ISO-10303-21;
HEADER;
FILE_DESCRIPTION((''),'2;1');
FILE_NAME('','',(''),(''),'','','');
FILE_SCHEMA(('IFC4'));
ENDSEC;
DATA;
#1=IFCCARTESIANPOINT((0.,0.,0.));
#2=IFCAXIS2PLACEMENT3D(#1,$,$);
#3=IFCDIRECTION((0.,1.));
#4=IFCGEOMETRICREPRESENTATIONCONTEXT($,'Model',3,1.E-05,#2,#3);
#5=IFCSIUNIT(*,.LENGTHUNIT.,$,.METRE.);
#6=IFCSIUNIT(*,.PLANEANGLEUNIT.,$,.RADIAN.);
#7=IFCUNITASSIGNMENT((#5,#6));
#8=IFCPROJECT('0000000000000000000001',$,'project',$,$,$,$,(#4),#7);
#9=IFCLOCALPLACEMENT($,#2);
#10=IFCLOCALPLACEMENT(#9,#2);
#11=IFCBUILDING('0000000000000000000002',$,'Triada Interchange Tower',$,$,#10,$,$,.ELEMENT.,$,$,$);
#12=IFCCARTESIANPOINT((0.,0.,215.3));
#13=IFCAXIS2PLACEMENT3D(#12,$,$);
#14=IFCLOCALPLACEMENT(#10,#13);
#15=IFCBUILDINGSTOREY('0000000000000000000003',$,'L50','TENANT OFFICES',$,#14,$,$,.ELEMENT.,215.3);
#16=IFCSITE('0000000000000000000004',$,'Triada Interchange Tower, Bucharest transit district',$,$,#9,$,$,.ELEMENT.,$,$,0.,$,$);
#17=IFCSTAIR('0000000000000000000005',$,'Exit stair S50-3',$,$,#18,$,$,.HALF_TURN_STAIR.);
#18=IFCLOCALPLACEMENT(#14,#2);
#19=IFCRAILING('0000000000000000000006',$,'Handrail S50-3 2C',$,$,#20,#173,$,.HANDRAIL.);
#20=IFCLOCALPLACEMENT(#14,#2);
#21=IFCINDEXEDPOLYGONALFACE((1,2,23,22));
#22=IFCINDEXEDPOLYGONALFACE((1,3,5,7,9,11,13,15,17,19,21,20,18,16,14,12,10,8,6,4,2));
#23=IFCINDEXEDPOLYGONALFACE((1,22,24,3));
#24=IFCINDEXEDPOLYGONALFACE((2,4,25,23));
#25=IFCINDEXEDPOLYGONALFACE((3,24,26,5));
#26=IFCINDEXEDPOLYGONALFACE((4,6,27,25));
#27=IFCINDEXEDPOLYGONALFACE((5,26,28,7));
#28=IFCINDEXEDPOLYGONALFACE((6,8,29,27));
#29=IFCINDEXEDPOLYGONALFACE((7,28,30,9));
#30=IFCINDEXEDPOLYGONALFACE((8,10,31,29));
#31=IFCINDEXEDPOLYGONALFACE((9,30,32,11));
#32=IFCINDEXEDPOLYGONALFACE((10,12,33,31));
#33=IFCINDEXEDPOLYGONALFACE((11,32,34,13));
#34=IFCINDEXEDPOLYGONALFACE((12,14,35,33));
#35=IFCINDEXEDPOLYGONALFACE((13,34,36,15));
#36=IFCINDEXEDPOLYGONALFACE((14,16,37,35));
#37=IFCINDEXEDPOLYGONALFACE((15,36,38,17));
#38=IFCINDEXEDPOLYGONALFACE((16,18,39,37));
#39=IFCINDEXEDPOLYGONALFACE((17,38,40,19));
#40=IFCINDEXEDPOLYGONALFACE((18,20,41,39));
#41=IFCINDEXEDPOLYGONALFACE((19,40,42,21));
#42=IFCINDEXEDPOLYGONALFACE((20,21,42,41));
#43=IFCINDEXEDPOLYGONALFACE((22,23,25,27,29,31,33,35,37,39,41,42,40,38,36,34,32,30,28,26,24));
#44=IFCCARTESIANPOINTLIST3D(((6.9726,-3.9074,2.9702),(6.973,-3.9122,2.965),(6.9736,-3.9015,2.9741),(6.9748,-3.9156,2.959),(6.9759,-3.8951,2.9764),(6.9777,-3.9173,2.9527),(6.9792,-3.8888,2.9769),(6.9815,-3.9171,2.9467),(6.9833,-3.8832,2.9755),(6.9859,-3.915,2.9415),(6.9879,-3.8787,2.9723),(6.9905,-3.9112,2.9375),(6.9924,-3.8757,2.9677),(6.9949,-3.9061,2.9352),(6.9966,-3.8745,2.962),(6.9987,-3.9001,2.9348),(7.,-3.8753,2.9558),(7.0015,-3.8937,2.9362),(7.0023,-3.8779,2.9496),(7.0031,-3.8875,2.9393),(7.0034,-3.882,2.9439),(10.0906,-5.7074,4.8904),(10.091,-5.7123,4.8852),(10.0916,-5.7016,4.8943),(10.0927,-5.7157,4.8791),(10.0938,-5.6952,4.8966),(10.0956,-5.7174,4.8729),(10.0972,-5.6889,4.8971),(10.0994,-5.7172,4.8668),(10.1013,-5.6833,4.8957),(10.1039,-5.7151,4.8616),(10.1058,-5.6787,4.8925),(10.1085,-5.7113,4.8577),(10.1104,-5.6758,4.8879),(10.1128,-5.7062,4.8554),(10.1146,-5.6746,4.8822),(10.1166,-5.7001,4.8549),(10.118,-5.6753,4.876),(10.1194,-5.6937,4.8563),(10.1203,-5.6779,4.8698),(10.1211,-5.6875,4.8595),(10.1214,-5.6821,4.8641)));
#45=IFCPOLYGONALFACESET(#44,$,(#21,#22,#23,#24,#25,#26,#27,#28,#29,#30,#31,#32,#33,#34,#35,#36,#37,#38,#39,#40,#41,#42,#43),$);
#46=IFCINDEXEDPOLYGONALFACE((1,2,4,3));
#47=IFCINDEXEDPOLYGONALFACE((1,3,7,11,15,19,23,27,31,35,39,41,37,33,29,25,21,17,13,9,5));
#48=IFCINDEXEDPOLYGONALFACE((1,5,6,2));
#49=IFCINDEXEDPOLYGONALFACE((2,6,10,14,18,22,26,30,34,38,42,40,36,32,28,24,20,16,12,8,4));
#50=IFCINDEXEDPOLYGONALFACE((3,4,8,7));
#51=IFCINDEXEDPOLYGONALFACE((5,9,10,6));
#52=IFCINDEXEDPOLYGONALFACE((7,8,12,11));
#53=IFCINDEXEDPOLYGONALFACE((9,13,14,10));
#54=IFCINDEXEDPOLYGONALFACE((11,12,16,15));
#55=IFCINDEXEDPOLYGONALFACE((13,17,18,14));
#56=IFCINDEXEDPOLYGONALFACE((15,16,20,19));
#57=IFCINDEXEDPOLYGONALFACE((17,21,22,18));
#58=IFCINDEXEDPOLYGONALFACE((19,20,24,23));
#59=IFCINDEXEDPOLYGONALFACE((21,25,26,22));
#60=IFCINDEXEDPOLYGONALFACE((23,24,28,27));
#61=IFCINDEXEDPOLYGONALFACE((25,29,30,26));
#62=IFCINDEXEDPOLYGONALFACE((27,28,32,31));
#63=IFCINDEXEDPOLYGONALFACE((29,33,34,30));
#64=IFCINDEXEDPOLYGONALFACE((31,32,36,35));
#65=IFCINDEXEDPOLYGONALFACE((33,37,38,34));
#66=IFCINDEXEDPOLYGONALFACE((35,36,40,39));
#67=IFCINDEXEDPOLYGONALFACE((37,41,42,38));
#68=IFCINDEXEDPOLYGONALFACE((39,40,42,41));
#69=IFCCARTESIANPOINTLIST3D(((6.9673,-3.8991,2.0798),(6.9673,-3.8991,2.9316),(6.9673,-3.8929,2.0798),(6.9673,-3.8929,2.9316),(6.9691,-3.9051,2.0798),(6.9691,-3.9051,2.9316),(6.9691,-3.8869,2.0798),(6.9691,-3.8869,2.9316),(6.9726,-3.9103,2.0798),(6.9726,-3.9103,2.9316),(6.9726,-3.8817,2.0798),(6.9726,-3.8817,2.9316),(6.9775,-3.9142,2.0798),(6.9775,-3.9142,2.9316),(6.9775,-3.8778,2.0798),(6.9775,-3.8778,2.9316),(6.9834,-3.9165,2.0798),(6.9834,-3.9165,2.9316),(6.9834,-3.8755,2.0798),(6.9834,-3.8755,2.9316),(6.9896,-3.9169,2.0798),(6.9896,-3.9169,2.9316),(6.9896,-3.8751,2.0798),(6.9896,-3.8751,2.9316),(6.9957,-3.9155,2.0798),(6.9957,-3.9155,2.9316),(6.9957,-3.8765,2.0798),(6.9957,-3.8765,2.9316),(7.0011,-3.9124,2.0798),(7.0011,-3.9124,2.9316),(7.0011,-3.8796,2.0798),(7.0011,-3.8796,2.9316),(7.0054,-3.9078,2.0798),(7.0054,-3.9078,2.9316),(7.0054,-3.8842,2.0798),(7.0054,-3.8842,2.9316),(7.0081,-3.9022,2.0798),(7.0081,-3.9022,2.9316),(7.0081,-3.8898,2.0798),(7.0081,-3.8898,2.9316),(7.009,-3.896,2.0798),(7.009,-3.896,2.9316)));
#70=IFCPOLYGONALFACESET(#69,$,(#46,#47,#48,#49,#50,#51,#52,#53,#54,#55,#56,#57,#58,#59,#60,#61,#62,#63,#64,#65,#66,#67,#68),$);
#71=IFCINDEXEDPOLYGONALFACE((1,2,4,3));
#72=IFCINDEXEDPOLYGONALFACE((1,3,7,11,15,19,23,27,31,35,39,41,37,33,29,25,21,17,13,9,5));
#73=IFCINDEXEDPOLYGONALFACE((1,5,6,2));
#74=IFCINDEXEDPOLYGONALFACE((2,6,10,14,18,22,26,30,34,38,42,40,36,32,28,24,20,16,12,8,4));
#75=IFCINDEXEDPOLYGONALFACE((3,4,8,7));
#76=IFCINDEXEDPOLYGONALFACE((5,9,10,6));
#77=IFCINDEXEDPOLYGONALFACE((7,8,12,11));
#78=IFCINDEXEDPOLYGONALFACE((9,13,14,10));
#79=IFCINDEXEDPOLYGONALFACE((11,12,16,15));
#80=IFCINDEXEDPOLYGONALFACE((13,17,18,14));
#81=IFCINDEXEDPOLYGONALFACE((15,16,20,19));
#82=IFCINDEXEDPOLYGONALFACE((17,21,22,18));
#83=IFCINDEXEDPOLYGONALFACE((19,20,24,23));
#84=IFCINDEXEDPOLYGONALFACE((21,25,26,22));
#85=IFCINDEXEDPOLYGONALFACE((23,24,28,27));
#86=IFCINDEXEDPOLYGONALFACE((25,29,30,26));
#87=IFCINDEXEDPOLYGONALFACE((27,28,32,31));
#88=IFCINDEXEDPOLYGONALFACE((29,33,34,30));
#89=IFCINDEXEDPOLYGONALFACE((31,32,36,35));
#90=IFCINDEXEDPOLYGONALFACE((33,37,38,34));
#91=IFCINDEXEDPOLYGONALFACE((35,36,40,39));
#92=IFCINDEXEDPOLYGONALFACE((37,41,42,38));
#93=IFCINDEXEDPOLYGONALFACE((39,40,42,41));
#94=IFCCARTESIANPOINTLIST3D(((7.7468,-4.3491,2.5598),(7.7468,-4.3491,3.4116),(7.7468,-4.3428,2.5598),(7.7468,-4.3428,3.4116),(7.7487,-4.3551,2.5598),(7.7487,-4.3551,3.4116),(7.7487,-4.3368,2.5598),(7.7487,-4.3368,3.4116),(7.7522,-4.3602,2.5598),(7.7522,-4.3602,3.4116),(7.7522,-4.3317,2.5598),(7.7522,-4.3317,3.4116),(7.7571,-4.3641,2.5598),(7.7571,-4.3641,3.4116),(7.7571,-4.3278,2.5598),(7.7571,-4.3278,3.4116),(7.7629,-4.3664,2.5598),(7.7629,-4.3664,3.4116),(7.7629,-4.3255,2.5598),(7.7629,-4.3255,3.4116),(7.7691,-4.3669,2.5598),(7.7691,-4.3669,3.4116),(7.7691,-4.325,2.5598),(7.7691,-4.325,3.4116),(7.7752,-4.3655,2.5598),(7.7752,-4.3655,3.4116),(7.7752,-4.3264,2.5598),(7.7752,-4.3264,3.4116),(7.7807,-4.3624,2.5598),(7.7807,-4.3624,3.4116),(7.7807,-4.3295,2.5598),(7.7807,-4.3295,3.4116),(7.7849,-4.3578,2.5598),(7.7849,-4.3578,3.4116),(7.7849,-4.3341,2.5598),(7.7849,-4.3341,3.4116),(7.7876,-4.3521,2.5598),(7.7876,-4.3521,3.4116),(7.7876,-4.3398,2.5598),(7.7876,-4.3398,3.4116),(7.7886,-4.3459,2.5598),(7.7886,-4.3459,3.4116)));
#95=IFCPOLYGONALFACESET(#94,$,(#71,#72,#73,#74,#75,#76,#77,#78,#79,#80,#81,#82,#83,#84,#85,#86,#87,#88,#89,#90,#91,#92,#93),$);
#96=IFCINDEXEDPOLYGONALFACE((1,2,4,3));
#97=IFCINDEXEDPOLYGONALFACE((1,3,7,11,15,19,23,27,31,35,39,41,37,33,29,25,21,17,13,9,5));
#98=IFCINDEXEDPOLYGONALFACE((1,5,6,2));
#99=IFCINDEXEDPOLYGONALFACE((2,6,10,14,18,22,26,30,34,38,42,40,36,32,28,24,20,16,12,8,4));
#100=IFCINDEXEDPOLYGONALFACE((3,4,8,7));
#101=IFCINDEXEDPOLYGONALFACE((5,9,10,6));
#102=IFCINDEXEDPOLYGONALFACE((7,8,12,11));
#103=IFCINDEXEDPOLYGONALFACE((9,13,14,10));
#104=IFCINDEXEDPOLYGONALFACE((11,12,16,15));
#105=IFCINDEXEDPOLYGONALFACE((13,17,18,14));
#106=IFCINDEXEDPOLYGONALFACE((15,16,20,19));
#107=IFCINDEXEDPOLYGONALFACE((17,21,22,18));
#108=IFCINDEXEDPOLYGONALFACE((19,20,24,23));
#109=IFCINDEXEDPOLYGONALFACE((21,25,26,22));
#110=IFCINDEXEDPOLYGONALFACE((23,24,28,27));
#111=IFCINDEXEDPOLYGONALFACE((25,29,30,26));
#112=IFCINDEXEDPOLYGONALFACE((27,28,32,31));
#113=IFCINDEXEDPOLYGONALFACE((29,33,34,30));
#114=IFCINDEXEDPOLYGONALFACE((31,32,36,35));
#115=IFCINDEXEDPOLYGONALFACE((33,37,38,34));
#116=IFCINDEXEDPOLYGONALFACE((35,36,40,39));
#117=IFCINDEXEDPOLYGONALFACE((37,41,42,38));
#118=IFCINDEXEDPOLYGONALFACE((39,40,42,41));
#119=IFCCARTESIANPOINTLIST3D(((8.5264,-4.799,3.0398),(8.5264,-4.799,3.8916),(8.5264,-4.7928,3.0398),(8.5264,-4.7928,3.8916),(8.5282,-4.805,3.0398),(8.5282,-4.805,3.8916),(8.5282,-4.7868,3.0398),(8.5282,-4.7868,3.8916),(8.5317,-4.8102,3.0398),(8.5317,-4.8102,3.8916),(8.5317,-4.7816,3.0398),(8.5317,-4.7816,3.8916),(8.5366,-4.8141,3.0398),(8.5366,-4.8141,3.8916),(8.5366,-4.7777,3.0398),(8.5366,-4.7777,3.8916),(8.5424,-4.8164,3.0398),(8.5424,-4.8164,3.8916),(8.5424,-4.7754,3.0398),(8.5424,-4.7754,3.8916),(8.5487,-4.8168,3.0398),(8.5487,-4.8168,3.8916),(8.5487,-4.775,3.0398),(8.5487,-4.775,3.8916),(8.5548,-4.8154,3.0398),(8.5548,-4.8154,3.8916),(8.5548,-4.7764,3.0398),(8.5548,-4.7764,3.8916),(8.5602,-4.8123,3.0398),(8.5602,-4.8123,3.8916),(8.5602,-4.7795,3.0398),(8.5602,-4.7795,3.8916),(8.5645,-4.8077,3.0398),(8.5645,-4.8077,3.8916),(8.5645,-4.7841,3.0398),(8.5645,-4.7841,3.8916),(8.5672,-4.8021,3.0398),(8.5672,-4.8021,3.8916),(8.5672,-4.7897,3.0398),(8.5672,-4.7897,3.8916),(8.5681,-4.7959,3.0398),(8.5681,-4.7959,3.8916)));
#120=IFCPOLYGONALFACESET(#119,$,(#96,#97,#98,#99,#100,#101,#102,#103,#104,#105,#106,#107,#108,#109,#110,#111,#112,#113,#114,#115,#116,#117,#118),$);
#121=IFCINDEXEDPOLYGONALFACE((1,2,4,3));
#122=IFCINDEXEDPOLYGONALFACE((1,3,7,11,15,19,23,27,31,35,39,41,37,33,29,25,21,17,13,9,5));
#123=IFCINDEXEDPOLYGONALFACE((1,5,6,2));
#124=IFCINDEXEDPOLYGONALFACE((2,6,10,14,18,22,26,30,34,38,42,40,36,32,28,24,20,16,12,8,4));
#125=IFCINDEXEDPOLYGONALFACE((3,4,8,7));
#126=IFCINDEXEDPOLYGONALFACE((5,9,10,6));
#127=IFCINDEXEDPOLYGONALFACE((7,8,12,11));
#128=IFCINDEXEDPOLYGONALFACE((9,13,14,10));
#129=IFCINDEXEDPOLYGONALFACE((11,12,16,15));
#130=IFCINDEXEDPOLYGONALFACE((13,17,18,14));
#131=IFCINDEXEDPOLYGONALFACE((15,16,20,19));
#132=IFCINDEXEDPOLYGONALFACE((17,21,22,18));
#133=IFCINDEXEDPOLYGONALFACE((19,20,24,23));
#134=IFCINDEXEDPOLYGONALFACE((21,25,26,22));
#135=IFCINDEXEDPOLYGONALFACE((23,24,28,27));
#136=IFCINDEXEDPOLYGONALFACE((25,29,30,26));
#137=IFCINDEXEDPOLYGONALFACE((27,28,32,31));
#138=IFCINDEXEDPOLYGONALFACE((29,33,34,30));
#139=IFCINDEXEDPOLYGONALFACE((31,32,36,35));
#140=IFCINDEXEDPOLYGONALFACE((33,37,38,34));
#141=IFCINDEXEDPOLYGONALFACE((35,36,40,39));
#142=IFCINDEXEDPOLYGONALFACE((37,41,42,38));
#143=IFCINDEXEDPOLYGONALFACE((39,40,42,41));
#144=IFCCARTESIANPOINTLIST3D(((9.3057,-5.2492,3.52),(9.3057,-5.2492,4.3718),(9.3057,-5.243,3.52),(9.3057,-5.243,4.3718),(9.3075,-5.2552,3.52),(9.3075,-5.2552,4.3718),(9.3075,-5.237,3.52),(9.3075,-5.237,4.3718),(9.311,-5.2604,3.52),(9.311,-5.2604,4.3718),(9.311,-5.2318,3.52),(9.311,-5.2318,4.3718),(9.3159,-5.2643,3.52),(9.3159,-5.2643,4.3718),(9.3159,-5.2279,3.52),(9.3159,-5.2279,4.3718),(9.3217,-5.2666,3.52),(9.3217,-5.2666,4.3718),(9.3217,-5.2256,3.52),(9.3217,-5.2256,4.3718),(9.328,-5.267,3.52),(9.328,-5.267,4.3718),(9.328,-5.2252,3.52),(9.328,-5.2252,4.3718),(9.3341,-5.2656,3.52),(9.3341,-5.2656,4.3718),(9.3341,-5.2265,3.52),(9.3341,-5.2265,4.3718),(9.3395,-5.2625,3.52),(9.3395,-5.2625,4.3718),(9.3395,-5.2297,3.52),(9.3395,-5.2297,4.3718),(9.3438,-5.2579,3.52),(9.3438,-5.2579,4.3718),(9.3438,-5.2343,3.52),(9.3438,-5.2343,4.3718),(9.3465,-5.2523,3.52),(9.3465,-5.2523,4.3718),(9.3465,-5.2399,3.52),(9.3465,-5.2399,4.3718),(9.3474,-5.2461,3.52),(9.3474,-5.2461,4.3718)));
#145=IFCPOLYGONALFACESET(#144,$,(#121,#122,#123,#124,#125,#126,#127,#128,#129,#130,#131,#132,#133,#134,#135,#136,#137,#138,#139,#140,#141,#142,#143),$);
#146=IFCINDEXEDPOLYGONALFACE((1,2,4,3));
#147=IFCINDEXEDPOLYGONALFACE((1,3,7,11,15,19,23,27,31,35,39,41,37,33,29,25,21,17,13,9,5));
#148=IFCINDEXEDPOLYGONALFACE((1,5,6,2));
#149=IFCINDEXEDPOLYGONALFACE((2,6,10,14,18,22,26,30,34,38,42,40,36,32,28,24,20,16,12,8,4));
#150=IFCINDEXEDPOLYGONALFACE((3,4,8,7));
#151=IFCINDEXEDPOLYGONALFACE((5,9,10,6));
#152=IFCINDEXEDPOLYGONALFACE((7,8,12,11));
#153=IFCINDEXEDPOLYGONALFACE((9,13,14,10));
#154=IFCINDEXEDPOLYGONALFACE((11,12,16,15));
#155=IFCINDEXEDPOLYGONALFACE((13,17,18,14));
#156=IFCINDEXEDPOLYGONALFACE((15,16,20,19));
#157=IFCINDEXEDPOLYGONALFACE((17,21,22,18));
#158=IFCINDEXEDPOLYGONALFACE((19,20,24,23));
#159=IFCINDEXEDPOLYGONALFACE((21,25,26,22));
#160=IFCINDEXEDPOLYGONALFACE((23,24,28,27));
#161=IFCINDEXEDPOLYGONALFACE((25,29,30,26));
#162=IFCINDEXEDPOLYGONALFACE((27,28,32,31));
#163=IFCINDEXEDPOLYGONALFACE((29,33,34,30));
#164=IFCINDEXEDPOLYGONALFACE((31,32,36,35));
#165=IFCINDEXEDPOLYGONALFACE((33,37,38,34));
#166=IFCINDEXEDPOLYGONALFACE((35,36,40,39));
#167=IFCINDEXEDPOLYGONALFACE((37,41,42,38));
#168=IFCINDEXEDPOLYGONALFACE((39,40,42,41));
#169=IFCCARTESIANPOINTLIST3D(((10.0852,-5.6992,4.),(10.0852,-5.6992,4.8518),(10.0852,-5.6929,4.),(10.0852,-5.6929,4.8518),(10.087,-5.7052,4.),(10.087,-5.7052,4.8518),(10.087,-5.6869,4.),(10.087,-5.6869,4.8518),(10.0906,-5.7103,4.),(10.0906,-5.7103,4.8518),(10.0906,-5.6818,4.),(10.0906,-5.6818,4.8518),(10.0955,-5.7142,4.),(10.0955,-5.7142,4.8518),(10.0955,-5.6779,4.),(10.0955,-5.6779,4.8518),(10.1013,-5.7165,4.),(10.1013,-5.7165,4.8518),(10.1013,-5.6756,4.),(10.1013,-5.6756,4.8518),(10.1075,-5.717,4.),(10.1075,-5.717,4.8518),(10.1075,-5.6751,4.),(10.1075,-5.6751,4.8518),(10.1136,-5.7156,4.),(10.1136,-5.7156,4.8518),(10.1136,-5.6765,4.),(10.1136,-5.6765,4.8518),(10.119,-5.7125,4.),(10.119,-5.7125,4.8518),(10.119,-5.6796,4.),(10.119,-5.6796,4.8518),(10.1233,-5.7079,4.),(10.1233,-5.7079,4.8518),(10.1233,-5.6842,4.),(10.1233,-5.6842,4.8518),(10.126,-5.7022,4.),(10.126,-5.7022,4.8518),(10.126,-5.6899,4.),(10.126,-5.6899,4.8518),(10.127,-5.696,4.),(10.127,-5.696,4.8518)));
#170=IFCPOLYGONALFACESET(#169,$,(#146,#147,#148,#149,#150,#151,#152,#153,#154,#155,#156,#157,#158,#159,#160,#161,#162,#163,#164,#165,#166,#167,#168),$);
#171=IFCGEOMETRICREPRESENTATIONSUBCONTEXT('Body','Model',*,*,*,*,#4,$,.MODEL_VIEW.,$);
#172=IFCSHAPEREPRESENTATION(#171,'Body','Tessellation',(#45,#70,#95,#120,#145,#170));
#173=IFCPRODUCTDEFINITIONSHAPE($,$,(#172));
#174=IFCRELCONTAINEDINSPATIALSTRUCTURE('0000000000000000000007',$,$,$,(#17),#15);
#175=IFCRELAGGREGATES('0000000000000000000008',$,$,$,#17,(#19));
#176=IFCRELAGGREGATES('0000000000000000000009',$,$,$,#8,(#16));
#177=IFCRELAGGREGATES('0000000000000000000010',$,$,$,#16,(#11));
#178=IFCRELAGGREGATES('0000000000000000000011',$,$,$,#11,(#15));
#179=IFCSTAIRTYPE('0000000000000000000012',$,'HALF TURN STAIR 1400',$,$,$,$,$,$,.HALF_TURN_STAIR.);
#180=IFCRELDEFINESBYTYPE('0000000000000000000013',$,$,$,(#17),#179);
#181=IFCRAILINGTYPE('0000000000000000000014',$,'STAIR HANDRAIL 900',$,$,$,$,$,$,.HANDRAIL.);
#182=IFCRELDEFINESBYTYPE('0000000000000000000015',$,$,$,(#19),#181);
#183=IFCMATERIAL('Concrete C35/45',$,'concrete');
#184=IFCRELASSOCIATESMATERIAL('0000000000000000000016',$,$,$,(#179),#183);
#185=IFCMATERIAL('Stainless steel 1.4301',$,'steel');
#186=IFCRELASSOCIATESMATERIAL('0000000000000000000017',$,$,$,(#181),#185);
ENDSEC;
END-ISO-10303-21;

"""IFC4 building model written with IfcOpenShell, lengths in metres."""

from ifc_helpers import new_model, si_unit, direction, frame, origin, origin_2d, place, context, subcontext, project, spatial, circle, extrude, material, type_object, element, aggregate, save


model = new_model("IFC4")

# Units and contexts
model_context = context("Model", 3, precision=1e-05, world=origin(), true_north=direction((0.0, 1.0)))
body_context = subcontext(model_context, "Body", "Model", "MODEL_VIEW")
ifc_project = project(units=[si_unit("LENGTHUNIT", "METRE"), si_unit("PLANEANGLEUNIT", "RADIAN")], contexts=[model_context])

# Site, building, storey
site_placement = place(None, origin())
site = spatial("IfcSite", under=ifc_project, at=site_placement, Name="Triada Interchange Tower, Bucharest transit district", CompositionType="ELEMENT", RefElevation=0.0)
building_placement = place(site_placement, origin())
building = spatial("IfcBuilding", under=site, at=building_placement, Name="Triada Interchange Tower", CompositionType="ELEMENT")
storey_placement = place(building_placement, frame((0.0, 0.0, 215.3)))
storey = spatial("IfcBuildingStorey", under=building, at=storey_placement, Name="L50", Description="TENANT OFFICES", CompositionType="ELEMENT", Elevation=215.3)

# Stair, railing
ifc_material_1 = material(Name="Concrete C35/45", Category="concrete")
stair_type = type_object("IfcStairType", Name="HALF TURN STAIR 1400", PredefinedType="HALF_TURN_STAIR", material=ifc_material_1)
stair_placement = place(storey_placement, origin())
stair = element("IfcStair", 1, at=stair_placement, inside=storey, type_object=stair_type, Name="Exit stair S50-3", PredefinedType="HALF_TURN_STAIR")
ifc_material_2 = material(Name="Stainless steel 1.4301", Category="steel")
railing_type = type_object("IfcRailingType", Name="STAIR HANDRAIL 900", PredefinedType="HANDRAIL", material=ifc_material_2)
railing_1_placement = place(storey_placement, frame((6.988, -3.896, 2.0798)))
railing_1 = element("IfcRailing", 2, at=railing_1_placement, type_object=railing_type, Name="Handrail S50-3 2C", PredefinedType="HANDRAIL", context=body_context, shape_type="SweptSolid", body=[
    extrude(circle(Radius=0.0239, at=origin_2d()), frame((0.0, 0.0, 0.876), z_axis=(0.764145, -0.441159, 0.470597), x_axis=(0.499983, 0.866035, 0.0)), (0.0, 0.0, 1.0), 4.0803),
    extrude(circle(Radius=0.021, at=origin_2d()), origin(), (0.0, 0.0, 1.0), 0.8518),
    extrude(circle(Radius=0.021, at=origin_2d()), frame((0.7795, -0.45, 0.48)), (0.0, 0.0, 1.0), 0.8518),
    extrude(circle(Radius=0.021, at=origin_2d()), frame((1.5591, -0.8999, 0.96)), (0.0, 0.0, 1.0), 0.8518),
    extrude(circle(Radius=0.021, at=origin_2d()), frame((2.3384, -1.3501, 1.4402)), (0.0, 0.0, 1.0), 0.8518),
    extrude(circle(Radius=0.021, at=origin_2d()), frame((3.1179, -1.8, 1.9202)), (0.0, 0.0, 1.0), 0.8518),
])
aggregate(stair, [railing_1])

save(model, "model.ifc")
